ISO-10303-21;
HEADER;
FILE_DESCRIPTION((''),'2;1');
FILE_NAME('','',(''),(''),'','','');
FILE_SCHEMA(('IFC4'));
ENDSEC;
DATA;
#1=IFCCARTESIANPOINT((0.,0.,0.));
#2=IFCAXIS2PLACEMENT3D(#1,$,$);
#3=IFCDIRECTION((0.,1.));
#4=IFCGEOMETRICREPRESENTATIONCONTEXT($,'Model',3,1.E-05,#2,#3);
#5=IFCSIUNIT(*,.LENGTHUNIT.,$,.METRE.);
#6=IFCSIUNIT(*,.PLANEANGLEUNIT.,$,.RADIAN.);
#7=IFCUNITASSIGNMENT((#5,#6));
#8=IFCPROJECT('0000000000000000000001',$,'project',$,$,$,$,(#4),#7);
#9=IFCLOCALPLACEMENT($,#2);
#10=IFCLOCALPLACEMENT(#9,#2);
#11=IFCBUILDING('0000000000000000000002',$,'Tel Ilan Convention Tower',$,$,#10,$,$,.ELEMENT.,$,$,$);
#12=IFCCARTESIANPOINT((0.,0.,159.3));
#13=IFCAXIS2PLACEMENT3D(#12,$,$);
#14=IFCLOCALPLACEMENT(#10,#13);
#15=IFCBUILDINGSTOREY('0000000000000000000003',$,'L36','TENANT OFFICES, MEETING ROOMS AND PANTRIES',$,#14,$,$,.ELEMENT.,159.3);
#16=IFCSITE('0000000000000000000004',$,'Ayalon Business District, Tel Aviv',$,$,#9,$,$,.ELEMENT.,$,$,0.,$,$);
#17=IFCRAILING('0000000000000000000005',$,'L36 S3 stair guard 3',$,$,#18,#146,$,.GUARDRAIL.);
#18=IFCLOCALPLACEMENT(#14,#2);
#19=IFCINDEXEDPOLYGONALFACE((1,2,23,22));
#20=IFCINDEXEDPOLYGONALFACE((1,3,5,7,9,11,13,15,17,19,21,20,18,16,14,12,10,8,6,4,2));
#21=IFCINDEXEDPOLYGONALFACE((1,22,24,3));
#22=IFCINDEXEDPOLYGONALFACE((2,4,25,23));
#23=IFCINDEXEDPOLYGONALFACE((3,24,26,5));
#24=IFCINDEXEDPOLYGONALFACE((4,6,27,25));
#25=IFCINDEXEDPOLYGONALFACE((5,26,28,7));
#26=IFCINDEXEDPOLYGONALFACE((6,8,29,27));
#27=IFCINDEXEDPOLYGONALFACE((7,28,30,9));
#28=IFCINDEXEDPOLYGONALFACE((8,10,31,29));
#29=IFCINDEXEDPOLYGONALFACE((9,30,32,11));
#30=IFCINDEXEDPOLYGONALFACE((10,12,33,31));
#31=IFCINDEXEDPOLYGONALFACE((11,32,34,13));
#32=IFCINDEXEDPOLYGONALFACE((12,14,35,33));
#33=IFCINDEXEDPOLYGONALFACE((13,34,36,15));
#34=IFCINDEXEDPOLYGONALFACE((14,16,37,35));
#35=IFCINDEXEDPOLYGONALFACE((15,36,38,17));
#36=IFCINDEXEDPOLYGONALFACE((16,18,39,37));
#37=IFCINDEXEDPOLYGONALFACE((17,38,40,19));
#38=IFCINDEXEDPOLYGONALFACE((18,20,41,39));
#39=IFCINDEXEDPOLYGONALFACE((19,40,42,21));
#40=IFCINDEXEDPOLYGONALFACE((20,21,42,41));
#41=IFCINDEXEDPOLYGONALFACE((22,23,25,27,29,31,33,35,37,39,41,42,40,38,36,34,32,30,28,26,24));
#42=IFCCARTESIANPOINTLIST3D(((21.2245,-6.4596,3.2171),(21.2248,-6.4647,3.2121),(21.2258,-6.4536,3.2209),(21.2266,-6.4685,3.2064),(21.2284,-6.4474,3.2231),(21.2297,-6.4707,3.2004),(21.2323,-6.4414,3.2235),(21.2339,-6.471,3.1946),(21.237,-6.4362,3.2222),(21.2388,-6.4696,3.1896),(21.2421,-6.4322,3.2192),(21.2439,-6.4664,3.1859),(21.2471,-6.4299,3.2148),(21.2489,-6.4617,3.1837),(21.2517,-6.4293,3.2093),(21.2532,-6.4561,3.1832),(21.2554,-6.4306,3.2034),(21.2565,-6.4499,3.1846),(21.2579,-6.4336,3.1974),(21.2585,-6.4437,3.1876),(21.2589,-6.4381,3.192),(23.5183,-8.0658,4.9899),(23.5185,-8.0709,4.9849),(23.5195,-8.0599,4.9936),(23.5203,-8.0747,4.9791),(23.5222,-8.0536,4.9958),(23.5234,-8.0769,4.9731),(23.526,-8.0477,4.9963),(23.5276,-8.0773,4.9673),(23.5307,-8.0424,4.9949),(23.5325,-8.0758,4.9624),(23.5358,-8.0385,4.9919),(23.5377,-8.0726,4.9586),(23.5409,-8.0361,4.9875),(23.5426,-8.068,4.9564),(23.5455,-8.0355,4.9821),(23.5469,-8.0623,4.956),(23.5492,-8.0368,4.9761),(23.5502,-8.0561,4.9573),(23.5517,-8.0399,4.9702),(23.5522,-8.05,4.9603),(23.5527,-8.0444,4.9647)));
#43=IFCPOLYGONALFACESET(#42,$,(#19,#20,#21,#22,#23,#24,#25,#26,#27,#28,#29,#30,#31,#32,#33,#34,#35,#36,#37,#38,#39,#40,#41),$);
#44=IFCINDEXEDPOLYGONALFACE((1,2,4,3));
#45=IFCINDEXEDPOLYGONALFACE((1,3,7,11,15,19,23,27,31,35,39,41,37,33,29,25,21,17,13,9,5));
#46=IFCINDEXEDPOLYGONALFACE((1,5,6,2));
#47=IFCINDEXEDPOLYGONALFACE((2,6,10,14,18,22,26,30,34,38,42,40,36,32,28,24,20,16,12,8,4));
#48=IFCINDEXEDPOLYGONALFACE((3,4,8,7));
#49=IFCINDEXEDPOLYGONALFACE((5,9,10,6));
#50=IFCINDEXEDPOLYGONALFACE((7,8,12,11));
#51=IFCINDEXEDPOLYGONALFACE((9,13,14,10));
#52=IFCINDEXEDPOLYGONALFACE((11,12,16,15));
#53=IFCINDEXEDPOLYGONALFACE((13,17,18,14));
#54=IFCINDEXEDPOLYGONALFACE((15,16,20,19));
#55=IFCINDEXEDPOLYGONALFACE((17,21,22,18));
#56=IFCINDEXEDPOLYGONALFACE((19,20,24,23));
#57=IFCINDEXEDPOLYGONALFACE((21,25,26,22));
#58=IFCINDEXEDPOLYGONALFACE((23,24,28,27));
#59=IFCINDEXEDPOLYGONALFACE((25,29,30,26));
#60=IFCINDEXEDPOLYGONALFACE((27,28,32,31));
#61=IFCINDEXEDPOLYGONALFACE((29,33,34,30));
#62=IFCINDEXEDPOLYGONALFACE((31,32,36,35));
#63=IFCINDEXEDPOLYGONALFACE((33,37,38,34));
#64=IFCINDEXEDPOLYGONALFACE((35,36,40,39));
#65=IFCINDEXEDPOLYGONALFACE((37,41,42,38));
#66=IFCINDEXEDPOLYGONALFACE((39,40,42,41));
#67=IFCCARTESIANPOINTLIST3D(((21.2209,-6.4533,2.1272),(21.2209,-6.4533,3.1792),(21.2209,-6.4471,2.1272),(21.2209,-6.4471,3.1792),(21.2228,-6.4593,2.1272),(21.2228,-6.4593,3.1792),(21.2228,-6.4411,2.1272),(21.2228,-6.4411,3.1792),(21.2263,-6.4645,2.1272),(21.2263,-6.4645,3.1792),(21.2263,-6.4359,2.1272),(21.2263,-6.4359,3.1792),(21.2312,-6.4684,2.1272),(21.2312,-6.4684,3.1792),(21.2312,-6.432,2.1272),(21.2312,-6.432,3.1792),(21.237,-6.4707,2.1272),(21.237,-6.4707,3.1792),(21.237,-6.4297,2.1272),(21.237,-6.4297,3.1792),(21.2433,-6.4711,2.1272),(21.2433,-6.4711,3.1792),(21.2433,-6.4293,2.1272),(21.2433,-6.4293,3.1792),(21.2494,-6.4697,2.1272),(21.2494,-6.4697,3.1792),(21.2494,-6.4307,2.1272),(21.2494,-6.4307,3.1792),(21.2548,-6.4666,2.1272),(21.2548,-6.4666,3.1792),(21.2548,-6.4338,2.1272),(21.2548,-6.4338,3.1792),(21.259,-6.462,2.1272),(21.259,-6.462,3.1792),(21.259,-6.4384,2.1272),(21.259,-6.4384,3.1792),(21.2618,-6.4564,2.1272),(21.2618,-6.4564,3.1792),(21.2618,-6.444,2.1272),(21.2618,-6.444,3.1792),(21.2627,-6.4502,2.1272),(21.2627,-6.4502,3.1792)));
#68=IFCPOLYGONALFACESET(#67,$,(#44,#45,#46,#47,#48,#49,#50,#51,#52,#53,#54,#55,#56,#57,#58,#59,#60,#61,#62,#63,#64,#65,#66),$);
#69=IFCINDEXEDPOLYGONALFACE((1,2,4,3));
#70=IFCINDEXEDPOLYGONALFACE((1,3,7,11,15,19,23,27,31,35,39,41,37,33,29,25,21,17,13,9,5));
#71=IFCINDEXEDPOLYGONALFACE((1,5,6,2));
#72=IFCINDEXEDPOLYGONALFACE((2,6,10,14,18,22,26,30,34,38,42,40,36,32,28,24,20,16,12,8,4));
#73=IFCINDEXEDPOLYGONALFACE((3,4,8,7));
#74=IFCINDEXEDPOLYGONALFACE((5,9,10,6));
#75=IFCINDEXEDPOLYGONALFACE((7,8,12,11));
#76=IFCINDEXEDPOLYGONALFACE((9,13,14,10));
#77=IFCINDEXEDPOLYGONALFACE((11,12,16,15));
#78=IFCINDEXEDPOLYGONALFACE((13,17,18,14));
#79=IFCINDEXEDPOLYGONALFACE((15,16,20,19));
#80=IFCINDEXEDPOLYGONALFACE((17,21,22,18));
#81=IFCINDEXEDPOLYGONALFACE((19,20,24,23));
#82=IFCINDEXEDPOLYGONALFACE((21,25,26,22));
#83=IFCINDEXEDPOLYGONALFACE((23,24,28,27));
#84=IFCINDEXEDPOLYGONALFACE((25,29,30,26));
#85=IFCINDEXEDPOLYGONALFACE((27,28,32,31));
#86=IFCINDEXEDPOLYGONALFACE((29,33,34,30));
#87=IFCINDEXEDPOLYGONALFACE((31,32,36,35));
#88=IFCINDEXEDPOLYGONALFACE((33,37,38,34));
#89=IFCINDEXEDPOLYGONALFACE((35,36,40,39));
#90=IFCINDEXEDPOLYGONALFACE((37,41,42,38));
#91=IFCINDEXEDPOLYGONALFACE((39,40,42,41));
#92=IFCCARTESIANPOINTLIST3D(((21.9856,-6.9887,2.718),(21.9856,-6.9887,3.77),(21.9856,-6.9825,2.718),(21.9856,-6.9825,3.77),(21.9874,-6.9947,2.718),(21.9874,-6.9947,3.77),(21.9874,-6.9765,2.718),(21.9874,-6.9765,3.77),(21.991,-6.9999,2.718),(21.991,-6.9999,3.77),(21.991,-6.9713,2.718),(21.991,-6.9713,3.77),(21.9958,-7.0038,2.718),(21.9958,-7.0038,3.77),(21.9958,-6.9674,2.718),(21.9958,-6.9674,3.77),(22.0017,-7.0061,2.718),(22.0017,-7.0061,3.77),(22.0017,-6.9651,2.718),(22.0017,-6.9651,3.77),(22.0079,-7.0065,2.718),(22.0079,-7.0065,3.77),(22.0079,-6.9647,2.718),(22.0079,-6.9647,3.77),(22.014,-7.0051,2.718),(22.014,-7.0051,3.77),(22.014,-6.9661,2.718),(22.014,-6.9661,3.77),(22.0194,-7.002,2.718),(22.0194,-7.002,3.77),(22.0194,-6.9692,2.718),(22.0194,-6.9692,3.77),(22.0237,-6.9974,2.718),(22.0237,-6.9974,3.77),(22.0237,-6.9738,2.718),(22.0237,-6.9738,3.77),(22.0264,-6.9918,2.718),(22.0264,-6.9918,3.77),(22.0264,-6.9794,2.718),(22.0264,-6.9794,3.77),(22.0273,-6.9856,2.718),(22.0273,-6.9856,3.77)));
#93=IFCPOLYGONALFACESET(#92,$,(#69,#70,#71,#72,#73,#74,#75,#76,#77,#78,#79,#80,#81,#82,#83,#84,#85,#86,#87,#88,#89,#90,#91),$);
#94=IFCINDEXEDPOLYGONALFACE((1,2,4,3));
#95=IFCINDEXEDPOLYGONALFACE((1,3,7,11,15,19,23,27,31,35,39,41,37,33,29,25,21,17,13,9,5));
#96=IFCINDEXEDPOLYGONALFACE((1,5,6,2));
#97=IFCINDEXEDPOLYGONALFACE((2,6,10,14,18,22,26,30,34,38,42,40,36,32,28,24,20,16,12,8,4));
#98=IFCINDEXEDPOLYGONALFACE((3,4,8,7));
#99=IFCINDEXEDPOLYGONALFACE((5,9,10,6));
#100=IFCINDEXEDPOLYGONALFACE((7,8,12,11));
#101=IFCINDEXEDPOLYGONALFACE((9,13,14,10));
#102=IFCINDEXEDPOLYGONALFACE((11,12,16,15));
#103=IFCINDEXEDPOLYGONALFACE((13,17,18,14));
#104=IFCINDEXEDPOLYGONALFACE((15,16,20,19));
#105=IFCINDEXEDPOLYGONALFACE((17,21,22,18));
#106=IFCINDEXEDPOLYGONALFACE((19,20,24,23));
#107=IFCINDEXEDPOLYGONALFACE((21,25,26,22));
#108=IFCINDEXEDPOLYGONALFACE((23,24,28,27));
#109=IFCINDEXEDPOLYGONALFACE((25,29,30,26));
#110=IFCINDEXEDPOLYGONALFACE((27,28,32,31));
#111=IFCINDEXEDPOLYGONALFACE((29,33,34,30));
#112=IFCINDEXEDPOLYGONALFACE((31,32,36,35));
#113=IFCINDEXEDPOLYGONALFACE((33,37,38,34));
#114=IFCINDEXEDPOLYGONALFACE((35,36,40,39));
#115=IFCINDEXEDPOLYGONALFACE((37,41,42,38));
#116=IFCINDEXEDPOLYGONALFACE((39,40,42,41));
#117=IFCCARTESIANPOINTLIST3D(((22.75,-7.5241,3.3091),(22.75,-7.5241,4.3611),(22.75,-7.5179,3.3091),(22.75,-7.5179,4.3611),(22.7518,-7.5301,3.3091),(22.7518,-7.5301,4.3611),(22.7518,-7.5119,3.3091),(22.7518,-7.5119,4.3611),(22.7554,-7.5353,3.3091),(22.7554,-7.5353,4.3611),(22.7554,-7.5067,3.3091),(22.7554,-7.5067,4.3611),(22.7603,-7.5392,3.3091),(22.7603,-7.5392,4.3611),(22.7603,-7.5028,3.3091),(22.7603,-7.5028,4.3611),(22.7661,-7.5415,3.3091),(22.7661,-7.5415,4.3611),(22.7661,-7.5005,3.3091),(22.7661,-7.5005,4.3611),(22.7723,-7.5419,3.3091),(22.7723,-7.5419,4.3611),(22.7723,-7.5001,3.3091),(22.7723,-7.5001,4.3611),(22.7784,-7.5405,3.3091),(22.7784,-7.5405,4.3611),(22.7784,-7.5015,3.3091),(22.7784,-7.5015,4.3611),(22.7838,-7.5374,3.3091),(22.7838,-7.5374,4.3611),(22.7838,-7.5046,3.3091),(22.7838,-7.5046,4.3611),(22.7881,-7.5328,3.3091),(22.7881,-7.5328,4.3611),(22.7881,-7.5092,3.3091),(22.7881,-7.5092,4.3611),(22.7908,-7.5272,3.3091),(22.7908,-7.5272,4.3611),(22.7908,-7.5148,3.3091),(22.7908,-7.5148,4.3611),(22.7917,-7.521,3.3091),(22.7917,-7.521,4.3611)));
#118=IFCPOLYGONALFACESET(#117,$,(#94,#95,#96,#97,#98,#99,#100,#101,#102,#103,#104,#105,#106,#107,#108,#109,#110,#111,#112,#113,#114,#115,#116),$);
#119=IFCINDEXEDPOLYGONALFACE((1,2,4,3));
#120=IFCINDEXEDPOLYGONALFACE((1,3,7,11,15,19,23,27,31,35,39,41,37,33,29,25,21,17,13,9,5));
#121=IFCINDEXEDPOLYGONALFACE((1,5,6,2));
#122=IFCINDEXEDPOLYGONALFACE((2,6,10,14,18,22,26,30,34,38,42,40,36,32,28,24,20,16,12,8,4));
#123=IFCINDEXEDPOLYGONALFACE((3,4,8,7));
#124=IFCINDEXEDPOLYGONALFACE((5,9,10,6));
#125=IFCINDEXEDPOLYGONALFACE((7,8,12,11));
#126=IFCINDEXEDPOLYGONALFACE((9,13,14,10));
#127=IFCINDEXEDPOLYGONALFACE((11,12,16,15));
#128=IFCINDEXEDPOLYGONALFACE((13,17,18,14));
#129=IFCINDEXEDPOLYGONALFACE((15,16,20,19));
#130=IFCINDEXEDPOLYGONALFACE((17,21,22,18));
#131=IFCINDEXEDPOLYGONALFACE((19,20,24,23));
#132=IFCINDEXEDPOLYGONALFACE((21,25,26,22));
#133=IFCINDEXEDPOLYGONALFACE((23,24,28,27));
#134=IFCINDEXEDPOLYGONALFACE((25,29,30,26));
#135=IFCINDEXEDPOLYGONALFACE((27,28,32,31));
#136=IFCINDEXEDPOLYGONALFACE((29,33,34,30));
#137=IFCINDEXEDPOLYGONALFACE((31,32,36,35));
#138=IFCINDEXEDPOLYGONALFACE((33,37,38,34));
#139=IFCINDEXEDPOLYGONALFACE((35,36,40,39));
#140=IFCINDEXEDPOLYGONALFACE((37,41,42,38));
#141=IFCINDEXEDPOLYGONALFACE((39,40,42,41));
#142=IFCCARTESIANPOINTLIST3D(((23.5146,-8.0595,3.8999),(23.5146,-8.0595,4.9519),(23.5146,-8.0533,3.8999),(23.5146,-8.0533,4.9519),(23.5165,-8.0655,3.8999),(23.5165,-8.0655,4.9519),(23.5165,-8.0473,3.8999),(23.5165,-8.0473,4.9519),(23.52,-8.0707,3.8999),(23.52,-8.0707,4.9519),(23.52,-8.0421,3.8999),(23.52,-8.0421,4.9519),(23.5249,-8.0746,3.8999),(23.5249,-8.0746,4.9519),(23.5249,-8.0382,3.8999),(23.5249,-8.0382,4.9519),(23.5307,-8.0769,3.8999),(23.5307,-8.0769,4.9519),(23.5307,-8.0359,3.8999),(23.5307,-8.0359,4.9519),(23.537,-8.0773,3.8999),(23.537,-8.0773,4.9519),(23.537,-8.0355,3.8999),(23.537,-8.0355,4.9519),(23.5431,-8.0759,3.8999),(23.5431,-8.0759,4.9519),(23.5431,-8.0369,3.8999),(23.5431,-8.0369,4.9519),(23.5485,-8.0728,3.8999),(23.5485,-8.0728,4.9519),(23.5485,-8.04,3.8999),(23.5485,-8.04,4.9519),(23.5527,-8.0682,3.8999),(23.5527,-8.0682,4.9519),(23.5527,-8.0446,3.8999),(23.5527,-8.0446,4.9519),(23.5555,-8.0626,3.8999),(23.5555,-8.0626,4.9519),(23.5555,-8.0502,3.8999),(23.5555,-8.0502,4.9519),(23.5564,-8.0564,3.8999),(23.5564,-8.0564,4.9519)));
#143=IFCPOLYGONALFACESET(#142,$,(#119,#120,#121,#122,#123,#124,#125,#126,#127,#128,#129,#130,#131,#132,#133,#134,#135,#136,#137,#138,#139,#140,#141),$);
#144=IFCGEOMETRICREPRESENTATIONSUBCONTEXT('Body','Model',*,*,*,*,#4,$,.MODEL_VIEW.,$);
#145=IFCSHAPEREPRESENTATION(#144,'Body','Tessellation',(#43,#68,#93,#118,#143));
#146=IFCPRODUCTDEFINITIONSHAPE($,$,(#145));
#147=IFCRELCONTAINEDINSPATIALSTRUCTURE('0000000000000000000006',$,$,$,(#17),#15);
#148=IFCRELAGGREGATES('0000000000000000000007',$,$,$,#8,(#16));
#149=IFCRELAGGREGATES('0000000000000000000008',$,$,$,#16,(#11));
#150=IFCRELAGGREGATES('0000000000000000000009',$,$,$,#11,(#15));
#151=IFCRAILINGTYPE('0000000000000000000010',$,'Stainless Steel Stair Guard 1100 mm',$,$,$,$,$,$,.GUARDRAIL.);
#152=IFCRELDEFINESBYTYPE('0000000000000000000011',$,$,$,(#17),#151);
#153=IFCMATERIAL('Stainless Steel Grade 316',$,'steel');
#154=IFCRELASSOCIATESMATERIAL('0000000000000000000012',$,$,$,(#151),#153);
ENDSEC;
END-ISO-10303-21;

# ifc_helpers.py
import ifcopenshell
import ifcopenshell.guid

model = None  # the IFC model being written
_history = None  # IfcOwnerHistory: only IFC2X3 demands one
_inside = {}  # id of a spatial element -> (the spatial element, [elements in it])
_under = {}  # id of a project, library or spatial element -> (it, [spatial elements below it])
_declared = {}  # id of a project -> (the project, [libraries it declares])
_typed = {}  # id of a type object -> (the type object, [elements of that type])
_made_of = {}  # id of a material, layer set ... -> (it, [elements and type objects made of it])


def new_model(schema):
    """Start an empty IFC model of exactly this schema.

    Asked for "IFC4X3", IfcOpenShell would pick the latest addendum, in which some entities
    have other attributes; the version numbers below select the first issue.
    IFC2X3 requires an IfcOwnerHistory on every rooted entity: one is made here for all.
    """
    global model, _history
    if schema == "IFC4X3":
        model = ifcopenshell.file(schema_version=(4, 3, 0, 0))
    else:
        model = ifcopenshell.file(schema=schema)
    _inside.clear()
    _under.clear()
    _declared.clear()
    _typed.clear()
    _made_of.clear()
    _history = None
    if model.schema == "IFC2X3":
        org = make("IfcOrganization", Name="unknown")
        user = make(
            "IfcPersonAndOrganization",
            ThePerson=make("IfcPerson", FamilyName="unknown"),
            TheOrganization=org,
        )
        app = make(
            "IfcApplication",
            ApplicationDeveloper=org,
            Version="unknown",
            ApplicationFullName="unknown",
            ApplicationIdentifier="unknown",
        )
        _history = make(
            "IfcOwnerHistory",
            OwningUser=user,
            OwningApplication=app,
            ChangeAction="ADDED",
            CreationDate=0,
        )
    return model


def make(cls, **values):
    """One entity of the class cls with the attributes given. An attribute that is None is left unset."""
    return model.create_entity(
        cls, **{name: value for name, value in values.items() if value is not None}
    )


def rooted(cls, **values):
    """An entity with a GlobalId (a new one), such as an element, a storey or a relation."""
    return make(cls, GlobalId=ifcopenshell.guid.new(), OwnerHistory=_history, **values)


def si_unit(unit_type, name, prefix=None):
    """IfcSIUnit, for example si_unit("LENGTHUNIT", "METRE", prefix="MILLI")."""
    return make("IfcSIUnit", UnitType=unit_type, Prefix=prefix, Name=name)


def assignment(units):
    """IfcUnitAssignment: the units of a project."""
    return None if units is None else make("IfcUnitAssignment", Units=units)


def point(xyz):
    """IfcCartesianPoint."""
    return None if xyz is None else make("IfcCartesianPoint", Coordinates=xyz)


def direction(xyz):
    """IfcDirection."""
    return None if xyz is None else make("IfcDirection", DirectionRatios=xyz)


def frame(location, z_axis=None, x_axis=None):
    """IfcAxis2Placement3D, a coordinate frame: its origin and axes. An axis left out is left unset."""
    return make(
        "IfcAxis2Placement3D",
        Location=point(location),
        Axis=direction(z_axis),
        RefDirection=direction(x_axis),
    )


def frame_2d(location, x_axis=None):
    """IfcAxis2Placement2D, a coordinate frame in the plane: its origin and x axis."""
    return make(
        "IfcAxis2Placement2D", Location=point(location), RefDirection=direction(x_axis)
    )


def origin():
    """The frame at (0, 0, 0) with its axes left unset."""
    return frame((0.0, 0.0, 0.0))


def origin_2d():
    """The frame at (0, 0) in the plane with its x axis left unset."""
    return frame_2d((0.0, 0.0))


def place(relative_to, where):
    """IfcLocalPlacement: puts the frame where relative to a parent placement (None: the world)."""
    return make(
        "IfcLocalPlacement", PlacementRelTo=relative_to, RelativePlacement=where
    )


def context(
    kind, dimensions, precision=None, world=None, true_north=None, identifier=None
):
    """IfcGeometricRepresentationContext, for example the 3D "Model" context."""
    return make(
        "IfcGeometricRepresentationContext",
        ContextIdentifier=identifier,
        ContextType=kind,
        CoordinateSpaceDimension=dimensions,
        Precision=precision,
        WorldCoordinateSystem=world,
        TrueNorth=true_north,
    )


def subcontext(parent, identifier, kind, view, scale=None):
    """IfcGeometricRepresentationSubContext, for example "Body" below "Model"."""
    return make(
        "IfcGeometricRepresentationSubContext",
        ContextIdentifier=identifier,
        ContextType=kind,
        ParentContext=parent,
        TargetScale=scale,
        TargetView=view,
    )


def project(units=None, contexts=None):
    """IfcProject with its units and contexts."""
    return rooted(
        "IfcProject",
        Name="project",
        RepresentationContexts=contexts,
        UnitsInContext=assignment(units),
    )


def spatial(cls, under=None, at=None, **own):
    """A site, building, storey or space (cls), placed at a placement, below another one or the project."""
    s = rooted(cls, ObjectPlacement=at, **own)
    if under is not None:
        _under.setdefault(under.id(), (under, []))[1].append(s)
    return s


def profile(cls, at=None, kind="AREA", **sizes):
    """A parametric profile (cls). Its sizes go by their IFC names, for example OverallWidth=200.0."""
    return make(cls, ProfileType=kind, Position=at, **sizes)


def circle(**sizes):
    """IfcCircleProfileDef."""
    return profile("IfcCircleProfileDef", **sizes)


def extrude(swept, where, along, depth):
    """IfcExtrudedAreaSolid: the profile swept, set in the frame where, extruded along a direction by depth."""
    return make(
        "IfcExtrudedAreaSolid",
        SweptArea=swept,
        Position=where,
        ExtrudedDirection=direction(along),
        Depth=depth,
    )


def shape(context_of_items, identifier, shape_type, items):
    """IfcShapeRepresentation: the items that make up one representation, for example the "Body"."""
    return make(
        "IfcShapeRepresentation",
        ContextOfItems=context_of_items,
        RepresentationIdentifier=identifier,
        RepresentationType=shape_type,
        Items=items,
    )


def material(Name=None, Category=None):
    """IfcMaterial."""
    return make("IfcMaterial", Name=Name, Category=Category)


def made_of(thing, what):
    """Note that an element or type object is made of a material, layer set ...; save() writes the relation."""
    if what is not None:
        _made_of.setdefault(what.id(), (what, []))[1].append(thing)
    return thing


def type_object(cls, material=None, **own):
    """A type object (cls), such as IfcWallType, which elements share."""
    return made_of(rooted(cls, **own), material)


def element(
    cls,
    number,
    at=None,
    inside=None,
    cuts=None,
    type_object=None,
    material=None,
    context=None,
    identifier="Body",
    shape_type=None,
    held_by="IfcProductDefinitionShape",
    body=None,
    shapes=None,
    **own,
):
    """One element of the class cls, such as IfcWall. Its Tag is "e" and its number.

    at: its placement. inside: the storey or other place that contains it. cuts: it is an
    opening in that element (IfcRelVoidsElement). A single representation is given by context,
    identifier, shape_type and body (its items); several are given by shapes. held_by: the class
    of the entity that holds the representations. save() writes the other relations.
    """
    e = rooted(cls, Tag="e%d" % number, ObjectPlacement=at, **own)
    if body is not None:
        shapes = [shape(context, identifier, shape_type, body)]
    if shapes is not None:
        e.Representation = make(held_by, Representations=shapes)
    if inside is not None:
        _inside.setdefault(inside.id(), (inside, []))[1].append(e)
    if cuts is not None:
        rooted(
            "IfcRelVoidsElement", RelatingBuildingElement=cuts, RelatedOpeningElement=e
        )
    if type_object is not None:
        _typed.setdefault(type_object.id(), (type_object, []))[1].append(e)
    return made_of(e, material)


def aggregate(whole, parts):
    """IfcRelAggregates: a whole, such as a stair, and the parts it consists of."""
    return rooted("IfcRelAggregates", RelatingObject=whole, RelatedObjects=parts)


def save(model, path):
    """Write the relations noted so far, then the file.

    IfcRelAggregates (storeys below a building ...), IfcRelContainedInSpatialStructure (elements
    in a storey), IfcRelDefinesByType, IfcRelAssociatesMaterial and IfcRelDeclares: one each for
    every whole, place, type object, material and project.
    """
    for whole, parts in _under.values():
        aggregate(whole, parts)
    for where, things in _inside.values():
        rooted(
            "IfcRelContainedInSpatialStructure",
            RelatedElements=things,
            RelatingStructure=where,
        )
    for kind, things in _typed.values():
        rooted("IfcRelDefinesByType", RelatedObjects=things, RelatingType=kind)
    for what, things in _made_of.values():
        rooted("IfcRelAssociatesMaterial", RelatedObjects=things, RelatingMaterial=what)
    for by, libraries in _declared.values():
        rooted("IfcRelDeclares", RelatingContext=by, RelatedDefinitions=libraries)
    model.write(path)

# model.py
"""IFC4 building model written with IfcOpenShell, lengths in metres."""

from ifc_helpers import new_model, si_unit, direction, frame, origin, origin_2d, place, context, subcontext, project, spatial, circle, extrude, material, type_object, element, save


model = new_model("IFC4")

# Units and contexts
model_context = context("Model", 3, precision=1e-05, world=origin(), true_north=direction((0.0, 1.0)))
body_context = subcontext(model_context, "Body", "Model", "MODEL_VIEW")
ifc_project = project(units=[si_unit("LENGTHUNIT", "METRE"), si_unit("PLANEANGLEUNIT", "RADIAN")], contexts=[model_context])

# Site, building, storey
site_placement = place(None, origin())
site = spatial("IfcSite", under=ifc_project, at=site_placement, Name="Ayalon Business District, Tel Aviv", CompositionType="ELEMENT", RefElevation=0.0)
building_placement = place(site_placement, origin())
building = spatial("IfcBuilding", under=site, at=building_placement, Name="Tel Ilan Convention Tower", CompositionType="ELEMENT")
storey_placement = place(building_placement, frame((0.0, 0.0, 159.3)))
storey = spatial("IfcBuildingStorey", under=building, at=storey_placement, Name="L36", Description="TENANT OFFICES, MEETING ROOMS AND PANTRIES", CompositionType="ELEMENT", Elevation=159.3)

# Railing
ifc_material_1 = material(Name="Stainless Steel Grade 316", Category="steel")
railing_type_1 = type_object("IfcRailingType", Name="Stainless Steel Stair Guard 1100 mm", PredefinedType="GUARDRAIL", material=ifc_material_1)
railing_1_placement = place(storey_placement, frame((21.2417, -6.4502, 2.1272)))
element("IfcRailing", 1, at=railing_1_placement, inside=storey, type_object=railing_type_1, Name="L36 S3 stair guard 3", PredefinedType="GUARDRAIL", context=body_context, shape_type="SweptSolid", body=[
    extrude(circle(Radius=0.0239, at=origin_2d()), frame((0.0, 0.0, 1.0762), z_axis=(0.692098, -0.484653, 0.534894), x_axis=(0.573609, 0.81913, 0.0)), (0.0, 0.0, 1.0), 3.3142),
    extrude(circle(Radius=0.021, at=origin_2d()), origin(), (0.0, 0.0, 1.0), 1.052),
    extrude(circle(Radius=0.021, at=origin_2d()), frame((0.7646, -0.5354, 0.5908)), (0.0, 0.0, 1.0), 1.052),
    extrude(circle(Radius=0.021, at=origin_2d()), frame((1.5291, -1.0708, 1.1819)), (0.0, 0.0, 1.0), 1.052),
    extrude(circle(Radius=0.021, at=origin_2d()), frame((2.2937, -1.6062, 1.7727)), (0.0, 0.0, 1.0), 1.052),
])

save(model, "model.ifc")
